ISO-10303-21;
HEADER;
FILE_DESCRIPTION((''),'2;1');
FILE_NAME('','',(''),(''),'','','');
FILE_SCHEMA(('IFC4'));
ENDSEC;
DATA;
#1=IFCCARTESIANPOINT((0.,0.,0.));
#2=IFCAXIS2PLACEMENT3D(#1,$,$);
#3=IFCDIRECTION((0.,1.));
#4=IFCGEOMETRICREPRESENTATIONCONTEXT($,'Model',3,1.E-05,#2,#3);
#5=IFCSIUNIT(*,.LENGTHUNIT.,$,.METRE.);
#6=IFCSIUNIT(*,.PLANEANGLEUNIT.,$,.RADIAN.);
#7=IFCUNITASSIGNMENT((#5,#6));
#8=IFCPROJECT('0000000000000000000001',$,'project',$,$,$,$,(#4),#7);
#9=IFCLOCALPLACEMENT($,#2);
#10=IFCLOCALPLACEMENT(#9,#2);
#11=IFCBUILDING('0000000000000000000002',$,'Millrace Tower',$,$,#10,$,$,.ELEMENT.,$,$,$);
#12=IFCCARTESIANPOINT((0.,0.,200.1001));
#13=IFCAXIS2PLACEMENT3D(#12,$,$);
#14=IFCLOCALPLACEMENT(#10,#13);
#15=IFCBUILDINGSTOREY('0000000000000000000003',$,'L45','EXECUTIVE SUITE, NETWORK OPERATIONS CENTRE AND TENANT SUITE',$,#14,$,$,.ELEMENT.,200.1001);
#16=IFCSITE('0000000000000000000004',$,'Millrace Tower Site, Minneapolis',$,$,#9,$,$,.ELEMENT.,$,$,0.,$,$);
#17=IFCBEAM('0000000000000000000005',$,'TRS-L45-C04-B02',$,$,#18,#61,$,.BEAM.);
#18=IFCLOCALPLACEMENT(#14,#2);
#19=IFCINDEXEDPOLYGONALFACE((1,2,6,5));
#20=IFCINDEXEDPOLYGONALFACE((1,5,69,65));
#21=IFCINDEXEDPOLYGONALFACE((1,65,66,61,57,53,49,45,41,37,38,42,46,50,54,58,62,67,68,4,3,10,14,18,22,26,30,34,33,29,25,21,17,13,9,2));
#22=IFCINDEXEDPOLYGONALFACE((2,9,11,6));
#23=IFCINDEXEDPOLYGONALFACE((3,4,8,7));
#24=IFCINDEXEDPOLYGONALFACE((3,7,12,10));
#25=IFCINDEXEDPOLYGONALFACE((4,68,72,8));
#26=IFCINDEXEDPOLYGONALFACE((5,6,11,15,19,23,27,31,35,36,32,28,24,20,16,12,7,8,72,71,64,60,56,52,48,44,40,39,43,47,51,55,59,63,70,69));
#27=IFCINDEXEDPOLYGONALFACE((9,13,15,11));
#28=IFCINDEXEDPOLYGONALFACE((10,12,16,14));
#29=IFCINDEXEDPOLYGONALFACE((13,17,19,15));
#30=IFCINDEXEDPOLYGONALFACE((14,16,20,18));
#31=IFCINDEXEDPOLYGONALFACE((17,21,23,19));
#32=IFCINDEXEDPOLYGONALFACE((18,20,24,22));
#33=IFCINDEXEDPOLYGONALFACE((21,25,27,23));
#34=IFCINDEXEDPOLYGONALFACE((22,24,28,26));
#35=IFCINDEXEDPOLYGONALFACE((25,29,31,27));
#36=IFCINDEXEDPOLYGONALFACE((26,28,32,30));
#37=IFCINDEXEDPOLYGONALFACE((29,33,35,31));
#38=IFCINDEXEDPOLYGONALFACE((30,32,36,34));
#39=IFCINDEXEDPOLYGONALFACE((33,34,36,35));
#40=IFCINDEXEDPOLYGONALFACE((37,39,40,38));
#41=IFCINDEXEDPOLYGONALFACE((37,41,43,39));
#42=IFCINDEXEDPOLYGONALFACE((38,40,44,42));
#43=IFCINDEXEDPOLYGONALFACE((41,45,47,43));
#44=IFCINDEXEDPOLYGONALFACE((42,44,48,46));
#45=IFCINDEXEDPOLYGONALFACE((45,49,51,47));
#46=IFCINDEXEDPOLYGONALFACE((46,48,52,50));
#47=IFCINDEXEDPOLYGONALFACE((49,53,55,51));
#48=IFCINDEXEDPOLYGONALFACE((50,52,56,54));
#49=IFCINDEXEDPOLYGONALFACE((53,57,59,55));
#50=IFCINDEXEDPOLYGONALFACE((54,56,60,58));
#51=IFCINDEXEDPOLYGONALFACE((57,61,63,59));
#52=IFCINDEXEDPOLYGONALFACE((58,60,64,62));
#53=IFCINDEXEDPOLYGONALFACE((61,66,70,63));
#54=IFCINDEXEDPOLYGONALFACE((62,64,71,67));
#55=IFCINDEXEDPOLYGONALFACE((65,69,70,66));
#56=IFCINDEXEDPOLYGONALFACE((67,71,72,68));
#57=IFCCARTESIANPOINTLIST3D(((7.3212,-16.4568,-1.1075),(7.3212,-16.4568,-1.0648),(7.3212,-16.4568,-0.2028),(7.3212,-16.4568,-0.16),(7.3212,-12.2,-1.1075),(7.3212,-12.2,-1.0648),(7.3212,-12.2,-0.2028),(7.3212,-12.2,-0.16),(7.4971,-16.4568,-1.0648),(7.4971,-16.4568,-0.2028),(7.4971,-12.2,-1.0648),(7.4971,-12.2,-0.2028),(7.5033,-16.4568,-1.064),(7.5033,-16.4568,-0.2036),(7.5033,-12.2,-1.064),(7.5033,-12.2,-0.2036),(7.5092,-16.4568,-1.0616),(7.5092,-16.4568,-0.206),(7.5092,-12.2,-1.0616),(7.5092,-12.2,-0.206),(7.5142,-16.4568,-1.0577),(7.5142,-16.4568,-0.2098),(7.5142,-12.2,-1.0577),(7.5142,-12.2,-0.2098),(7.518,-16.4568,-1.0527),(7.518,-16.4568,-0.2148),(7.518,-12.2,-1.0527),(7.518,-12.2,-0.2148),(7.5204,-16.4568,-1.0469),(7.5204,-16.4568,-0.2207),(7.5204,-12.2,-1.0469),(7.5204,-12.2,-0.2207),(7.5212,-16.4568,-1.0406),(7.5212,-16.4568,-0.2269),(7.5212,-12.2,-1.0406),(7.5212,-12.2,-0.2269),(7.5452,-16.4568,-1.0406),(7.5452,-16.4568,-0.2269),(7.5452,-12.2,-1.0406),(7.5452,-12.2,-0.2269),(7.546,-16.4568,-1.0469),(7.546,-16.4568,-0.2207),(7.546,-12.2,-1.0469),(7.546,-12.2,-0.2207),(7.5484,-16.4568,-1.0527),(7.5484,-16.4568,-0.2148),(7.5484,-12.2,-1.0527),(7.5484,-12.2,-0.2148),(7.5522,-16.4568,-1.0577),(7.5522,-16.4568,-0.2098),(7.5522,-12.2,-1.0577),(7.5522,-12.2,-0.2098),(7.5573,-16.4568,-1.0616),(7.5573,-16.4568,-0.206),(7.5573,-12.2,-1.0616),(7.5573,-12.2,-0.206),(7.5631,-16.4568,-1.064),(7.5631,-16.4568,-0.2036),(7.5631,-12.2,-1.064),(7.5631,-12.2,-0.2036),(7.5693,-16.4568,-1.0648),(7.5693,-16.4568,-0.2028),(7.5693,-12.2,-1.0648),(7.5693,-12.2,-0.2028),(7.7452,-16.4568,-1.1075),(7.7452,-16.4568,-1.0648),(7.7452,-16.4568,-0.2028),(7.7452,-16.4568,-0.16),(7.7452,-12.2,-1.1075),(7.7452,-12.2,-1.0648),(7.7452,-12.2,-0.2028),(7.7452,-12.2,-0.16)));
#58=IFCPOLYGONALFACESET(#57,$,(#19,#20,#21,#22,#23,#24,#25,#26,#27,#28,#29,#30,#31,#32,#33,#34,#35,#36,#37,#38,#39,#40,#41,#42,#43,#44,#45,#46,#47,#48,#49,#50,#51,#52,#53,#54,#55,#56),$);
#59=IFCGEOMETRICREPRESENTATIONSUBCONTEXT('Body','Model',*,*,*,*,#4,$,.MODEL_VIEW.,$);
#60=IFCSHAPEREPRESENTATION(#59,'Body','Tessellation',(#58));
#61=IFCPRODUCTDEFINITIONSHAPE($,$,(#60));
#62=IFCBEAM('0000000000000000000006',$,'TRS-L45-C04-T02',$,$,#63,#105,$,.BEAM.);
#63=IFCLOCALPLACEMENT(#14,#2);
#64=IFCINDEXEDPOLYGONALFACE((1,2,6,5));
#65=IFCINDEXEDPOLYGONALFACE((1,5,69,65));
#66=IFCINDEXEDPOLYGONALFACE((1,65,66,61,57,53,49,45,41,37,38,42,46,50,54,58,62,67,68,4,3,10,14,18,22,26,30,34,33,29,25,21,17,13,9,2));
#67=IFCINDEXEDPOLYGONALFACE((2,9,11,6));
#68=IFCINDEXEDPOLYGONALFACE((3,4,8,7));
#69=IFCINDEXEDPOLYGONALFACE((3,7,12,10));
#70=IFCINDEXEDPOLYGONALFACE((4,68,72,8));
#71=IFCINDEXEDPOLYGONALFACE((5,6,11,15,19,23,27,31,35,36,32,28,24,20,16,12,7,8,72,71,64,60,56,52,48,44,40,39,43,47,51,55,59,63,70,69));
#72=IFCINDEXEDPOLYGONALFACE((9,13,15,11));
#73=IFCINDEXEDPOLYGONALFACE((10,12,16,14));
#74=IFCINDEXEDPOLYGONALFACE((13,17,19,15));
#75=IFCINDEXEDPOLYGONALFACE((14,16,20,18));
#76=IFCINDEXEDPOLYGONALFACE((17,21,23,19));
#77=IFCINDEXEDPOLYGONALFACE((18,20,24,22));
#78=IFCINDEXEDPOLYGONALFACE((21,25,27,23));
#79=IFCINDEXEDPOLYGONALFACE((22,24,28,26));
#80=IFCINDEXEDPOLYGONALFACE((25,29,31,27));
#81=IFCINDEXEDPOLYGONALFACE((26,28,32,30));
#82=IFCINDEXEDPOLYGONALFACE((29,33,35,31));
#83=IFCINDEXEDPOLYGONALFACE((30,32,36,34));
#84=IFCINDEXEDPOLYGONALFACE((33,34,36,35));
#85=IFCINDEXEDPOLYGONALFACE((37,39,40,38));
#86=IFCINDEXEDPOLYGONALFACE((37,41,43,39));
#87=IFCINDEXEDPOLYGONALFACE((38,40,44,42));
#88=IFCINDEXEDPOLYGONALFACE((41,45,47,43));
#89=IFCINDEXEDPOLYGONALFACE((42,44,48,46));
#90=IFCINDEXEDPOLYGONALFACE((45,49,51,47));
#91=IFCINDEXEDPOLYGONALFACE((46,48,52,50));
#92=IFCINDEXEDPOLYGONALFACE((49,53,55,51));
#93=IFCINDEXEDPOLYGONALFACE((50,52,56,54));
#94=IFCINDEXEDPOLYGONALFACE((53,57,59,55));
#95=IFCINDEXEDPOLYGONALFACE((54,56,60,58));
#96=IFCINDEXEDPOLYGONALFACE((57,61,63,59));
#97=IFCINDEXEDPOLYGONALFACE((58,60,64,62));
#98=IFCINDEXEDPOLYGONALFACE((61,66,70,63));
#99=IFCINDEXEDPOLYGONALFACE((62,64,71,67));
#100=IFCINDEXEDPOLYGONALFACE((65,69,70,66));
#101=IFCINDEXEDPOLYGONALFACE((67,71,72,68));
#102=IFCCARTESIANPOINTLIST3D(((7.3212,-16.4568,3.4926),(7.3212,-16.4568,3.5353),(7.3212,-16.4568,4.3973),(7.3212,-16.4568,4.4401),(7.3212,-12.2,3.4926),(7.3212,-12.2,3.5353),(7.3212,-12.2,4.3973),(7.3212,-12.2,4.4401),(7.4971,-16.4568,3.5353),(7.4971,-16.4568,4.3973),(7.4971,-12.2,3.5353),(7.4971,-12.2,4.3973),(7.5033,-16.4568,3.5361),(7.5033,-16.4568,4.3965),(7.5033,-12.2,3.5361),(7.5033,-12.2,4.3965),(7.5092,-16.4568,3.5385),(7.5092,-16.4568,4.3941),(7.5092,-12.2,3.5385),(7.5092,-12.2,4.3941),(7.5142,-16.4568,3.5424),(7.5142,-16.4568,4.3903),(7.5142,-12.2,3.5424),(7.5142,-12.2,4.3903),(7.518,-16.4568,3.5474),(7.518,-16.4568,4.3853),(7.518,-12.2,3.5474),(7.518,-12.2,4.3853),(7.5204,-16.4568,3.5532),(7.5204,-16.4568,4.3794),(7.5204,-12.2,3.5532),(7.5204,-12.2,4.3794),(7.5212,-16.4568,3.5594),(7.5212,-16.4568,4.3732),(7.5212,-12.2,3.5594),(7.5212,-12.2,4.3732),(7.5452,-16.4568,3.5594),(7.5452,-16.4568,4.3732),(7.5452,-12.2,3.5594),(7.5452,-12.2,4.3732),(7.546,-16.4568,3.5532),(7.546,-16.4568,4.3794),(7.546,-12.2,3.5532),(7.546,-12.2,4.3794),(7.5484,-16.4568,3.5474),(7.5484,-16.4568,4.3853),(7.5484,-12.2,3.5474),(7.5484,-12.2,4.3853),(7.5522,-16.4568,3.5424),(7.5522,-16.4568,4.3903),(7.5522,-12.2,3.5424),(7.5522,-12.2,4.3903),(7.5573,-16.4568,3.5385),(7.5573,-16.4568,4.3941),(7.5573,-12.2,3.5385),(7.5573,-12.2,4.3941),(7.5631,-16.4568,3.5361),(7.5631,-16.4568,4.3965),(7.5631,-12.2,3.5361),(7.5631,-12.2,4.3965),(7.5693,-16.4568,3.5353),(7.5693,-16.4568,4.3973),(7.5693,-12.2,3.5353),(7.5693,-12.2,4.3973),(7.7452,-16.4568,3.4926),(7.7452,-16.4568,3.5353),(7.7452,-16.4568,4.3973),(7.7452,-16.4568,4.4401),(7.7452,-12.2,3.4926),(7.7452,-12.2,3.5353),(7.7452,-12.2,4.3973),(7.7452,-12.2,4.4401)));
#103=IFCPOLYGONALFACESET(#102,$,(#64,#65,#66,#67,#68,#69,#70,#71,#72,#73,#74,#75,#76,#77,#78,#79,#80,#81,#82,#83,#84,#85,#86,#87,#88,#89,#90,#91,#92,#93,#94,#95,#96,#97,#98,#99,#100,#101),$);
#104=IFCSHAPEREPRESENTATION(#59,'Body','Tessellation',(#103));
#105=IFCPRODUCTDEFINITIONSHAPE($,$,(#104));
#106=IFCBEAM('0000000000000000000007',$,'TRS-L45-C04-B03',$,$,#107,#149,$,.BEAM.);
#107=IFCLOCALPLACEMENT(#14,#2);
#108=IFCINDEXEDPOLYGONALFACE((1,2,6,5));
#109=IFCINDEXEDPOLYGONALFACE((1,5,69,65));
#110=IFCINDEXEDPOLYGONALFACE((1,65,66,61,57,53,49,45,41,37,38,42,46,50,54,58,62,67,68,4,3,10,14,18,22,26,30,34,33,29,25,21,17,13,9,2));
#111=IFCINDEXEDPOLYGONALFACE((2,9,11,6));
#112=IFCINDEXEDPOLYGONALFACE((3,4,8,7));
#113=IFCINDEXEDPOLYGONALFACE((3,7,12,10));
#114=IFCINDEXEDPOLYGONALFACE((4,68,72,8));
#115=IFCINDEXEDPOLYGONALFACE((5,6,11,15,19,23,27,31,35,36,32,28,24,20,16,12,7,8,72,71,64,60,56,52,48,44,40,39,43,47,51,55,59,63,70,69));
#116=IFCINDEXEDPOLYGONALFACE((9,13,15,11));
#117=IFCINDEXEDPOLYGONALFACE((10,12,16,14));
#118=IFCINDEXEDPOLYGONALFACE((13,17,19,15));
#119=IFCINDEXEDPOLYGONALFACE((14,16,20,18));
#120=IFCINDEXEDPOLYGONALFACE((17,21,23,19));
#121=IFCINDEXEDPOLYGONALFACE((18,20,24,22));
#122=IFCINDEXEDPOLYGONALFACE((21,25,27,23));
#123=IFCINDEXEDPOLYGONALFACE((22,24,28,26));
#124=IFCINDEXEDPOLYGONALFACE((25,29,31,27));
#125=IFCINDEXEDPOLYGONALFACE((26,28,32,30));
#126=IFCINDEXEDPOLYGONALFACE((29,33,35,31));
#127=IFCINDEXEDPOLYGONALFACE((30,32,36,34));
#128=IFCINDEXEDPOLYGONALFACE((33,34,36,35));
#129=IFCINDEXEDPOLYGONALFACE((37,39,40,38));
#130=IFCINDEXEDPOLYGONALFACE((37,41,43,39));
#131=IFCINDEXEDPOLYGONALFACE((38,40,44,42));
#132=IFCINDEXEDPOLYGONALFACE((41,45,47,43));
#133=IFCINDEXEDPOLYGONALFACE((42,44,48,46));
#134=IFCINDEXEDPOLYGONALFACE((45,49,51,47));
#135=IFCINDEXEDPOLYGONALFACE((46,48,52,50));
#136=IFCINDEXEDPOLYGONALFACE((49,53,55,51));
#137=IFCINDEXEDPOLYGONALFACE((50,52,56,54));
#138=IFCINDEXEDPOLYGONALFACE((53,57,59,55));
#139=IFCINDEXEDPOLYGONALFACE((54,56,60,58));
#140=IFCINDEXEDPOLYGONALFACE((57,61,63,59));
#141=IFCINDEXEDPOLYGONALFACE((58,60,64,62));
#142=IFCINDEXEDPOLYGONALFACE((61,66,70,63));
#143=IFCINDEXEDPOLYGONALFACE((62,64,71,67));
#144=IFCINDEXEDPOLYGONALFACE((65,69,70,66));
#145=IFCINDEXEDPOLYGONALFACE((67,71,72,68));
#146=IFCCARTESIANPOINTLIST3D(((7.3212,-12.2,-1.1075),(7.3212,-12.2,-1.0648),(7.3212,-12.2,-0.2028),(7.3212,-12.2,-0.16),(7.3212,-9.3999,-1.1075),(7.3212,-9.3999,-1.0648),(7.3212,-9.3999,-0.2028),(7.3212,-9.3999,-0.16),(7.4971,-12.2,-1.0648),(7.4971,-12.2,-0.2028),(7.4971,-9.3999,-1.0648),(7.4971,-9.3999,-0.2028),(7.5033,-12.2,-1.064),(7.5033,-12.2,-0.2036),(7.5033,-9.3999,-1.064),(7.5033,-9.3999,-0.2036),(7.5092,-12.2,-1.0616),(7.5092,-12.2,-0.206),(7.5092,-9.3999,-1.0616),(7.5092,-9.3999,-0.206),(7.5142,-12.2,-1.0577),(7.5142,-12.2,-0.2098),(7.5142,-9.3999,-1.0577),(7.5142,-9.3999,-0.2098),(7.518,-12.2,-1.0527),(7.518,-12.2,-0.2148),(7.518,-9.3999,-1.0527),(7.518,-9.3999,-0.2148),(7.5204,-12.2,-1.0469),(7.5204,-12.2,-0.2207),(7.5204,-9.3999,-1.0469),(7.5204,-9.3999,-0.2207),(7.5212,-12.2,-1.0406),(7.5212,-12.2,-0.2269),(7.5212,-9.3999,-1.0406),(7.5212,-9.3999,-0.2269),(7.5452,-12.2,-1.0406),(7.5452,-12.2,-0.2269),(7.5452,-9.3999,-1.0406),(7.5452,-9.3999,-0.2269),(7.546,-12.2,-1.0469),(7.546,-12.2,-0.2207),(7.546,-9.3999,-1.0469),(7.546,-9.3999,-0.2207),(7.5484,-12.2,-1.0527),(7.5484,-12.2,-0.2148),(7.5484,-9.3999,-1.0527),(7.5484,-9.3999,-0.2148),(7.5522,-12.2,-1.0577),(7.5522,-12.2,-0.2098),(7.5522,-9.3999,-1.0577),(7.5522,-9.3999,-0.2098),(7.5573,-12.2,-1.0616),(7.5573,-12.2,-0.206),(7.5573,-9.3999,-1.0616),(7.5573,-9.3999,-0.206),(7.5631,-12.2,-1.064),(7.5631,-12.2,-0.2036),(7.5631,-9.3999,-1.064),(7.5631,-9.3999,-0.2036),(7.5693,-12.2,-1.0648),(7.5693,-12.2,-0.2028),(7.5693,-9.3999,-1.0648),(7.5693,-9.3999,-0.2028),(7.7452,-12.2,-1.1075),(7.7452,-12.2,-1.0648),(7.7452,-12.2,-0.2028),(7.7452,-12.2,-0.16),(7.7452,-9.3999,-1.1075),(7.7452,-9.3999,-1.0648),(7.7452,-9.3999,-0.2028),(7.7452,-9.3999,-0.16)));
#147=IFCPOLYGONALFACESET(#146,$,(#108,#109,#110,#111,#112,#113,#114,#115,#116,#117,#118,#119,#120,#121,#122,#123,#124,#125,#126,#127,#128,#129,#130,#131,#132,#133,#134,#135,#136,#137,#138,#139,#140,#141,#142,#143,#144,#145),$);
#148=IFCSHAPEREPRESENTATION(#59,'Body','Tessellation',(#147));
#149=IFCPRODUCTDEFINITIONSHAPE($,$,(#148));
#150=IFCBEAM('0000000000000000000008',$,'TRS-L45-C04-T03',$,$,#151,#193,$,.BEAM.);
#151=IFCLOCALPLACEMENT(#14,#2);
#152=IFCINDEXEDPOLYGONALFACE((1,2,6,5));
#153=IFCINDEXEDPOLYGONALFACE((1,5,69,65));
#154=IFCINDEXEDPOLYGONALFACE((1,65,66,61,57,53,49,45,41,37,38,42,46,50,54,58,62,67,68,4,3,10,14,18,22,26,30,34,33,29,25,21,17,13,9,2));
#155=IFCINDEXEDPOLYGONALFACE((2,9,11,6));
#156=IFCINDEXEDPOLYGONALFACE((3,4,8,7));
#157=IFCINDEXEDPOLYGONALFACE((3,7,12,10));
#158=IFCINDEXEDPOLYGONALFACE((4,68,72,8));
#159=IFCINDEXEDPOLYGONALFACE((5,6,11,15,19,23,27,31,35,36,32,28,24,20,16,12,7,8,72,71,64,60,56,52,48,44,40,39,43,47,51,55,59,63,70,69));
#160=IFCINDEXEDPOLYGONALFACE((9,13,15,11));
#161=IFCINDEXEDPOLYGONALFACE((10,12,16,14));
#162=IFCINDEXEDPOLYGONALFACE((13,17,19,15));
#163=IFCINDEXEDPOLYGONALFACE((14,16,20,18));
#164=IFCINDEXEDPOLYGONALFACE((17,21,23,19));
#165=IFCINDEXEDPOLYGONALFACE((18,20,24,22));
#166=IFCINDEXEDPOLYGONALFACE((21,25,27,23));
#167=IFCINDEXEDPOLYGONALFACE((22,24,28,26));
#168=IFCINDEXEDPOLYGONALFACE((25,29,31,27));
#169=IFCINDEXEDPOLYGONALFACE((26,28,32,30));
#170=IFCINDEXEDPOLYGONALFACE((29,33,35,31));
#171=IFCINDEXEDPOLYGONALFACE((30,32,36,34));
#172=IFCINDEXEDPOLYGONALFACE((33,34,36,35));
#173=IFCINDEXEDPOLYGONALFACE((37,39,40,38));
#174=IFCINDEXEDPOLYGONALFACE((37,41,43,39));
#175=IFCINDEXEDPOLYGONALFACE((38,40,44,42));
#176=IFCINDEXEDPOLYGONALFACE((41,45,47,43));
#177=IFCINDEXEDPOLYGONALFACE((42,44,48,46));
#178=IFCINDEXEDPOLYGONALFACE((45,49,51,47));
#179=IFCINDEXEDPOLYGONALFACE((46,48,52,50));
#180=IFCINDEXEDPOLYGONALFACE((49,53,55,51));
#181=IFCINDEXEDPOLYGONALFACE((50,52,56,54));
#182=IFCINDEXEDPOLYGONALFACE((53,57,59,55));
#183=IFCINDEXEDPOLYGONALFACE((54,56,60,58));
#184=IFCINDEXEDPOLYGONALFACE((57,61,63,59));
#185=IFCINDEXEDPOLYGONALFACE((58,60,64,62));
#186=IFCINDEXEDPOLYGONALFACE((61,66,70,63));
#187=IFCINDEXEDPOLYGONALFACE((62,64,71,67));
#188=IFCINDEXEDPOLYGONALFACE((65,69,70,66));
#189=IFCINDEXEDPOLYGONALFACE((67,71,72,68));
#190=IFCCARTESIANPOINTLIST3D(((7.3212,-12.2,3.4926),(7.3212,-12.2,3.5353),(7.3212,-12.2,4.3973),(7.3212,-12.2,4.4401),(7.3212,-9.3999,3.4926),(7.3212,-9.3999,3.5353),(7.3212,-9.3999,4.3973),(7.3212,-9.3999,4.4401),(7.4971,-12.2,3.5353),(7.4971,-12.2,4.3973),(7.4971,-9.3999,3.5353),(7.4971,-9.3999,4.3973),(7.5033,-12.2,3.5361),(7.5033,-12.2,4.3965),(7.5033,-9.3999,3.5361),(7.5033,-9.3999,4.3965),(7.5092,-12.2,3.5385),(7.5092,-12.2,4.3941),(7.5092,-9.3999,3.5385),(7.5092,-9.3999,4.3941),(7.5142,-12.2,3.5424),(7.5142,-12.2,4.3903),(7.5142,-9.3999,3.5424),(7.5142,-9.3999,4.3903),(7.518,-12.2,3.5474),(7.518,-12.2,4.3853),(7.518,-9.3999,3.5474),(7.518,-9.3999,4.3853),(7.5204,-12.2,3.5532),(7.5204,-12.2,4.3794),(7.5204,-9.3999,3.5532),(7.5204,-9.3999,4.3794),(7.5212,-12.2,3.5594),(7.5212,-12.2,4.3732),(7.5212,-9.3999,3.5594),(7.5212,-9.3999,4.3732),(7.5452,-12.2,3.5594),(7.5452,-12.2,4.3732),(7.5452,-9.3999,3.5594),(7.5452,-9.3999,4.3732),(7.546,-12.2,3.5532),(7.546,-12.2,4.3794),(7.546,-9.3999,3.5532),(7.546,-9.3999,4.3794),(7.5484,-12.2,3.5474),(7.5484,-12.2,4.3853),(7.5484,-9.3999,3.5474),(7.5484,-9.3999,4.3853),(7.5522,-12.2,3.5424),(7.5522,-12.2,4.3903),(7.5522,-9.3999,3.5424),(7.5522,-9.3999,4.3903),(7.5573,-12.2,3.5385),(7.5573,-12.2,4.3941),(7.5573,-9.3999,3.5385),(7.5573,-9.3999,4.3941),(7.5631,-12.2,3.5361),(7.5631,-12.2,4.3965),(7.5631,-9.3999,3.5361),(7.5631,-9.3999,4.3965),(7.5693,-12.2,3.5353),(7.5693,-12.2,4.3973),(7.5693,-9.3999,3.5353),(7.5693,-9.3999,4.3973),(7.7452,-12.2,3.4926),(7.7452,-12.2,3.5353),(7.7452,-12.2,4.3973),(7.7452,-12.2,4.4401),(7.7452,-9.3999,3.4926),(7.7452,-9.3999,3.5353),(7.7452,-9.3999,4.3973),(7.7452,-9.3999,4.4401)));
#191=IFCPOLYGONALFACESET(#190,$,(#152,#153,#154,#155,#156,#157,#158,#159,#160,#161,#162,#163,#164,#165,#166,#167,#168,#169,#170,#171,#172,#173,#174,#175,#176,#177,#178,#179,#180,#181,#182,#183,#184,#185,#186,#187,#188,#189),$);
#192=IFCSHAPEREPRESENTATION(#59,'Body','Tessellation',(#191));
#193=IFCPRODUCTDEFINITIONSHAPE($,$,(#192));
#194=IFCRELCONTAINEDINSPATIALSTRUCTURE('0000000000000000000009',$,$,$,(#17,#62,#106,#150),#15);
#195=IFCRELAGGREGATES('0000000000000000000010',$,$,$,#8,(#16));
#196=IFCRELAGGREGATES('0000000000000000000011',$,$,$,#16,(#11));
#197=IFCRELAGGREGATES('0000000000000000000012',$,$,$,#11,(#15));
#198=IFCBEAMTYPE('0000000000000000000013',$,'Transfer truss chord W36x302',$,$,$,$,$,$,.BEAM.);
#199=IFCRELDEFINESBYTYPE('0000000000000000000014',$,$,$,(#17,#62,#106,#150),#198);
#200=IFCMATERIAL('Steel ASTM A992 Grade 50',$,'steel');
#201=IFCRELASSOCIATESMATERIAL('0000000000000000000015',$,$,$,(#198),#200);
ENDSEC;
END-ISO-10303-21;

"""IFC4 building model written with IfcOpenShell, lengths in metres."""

from ifc_helpers import new_model, si_unit, direction, frame, origin, origin_2d, place, context, subcontext, project, spatial, i_section, extrude, material, material_profile, profile_set, type_object, element, save


model = new_model("IFC4")

# Units and contexts
model_context = context("Model", 3, precision=1e-05, world=origin(), true_north=direction((0.0, 1.0)))
body_context = subcontext(model_context, "Body", "Model", "MODEL_VIEW")
ifc_project = project(units=[si_unit("LENGTHUNIT", "METRE"), si_unit("PLANEANGLEUNIT", "RADIAN")], contexts=[model_context])

# Site, building, storey
site_placement = place(None, origin())
site = spatial("IfcSite", under=ifc_project, at=site_placement, Name="Millrace Tower Site, Minneapolis", CompositionType="ELEMENT", RefElevation=0.0)
building_placement = place(site_placement, origin())
building = spatial("IfcBuilding", under=site, at=building_placement, Name="Millrace Tower", CompositionType="ELEMENT")
storey_placement = place(building_placement, frame((0.0, 0.0, 200.1001)))
storey = spatial("IfcBuildingStorey", under=building, at=storey_placement, Name="L45", Description="EXECUTIVE SUITE, NETWORK OPERATIONS CENTRE AND TENANT SUITE", CompositionType="ELEMENT", Elevation=200.1001)

# Beams
ifc_material_1 = material(Name="Steel ASTM A992 Grade 50", Category="steel")
ifc_material_profile_1 = material_profile(ifc_material_1, i_section(OverallWidth=0.4241, OverallDepth=0.9475, WebThickness=0.0239, FlangeThickness=0.0427, FilletRadius=0.0242, at=origin_2d()))
ifc_profile_set_1 = profile_set([ifc_material_profile_1], Name="Steel ASTM A992 Grade 50")
beam_type_1 = type_object("IfcBeamType", Name="Transfer truss chord W36x302", PredefinedType="BEAM", material=ifc_profile_set_1)
for number, where, z_axis, x_axis, name in (
    (1, (7.5332, -16.4568, -0.6338), (0.0, 1.0, 0.0), (-1.0, 0.0, 0.0), "TRS-L45-C04-B02"),
    (2, (7.5332, -16.4568, 3.9663), (0.0, 1.0, 0.0), (-1.0, 0.0, 0.0), "TRS-L45-C04-T02"),
):
    element("IfcBeam", number, at=place(storey_placement, frame(where, z_axis=z_axis, x_axis=x_axis)), inside=storey, type_object=beam_type_1, Name=name, PredefinedType="BEAM", context=body_context, shape_type="SweptSolid", body=[
        extrude(i_section(OverallWidth=0.4241, OverallDepth=0.9475, WebThickness=0.0239, FlangeThickness=0.0427, FilletRadius=0.0242, at=origin_2d()), origin(), (0.0, 0.0, 1.0), 4.2568),
    ])
for number, where, z_axis, x_axis, name in (
    (3, (7.5332, -12.2, -0.6338), (0.0, 1.0, 0.0), (-1.0, 0.0, 0.0), "TRS-L45-C04-B03"),
    (4, (7.5332, -12.2, 3.9663), (0.0, 1.0, 0.0), (-1.0, 0.0, 0.0), "TRS-L45-C04-T03"),
):
    element("IfcBeam", number, at=place(storey_placement, frame(where, z_axis=z_axis, x_axis=x_axis)), inside=storey, type_object=beam_type_1, Name=name, PredefinedType="BEAM", context=body_context, shape_type="SweptSolid", body=[
        extrude(i_section(OverallWidth=0.4241, OverallDepth=0.9475, WebThickness=0.0239, FlangeThickness=0.0427, FilletRadius=0.0242, at=origin_2d()), origin(), (0.0, 0.0, 1.0), 2.8),
    ])

save(model, "model.ifc")
